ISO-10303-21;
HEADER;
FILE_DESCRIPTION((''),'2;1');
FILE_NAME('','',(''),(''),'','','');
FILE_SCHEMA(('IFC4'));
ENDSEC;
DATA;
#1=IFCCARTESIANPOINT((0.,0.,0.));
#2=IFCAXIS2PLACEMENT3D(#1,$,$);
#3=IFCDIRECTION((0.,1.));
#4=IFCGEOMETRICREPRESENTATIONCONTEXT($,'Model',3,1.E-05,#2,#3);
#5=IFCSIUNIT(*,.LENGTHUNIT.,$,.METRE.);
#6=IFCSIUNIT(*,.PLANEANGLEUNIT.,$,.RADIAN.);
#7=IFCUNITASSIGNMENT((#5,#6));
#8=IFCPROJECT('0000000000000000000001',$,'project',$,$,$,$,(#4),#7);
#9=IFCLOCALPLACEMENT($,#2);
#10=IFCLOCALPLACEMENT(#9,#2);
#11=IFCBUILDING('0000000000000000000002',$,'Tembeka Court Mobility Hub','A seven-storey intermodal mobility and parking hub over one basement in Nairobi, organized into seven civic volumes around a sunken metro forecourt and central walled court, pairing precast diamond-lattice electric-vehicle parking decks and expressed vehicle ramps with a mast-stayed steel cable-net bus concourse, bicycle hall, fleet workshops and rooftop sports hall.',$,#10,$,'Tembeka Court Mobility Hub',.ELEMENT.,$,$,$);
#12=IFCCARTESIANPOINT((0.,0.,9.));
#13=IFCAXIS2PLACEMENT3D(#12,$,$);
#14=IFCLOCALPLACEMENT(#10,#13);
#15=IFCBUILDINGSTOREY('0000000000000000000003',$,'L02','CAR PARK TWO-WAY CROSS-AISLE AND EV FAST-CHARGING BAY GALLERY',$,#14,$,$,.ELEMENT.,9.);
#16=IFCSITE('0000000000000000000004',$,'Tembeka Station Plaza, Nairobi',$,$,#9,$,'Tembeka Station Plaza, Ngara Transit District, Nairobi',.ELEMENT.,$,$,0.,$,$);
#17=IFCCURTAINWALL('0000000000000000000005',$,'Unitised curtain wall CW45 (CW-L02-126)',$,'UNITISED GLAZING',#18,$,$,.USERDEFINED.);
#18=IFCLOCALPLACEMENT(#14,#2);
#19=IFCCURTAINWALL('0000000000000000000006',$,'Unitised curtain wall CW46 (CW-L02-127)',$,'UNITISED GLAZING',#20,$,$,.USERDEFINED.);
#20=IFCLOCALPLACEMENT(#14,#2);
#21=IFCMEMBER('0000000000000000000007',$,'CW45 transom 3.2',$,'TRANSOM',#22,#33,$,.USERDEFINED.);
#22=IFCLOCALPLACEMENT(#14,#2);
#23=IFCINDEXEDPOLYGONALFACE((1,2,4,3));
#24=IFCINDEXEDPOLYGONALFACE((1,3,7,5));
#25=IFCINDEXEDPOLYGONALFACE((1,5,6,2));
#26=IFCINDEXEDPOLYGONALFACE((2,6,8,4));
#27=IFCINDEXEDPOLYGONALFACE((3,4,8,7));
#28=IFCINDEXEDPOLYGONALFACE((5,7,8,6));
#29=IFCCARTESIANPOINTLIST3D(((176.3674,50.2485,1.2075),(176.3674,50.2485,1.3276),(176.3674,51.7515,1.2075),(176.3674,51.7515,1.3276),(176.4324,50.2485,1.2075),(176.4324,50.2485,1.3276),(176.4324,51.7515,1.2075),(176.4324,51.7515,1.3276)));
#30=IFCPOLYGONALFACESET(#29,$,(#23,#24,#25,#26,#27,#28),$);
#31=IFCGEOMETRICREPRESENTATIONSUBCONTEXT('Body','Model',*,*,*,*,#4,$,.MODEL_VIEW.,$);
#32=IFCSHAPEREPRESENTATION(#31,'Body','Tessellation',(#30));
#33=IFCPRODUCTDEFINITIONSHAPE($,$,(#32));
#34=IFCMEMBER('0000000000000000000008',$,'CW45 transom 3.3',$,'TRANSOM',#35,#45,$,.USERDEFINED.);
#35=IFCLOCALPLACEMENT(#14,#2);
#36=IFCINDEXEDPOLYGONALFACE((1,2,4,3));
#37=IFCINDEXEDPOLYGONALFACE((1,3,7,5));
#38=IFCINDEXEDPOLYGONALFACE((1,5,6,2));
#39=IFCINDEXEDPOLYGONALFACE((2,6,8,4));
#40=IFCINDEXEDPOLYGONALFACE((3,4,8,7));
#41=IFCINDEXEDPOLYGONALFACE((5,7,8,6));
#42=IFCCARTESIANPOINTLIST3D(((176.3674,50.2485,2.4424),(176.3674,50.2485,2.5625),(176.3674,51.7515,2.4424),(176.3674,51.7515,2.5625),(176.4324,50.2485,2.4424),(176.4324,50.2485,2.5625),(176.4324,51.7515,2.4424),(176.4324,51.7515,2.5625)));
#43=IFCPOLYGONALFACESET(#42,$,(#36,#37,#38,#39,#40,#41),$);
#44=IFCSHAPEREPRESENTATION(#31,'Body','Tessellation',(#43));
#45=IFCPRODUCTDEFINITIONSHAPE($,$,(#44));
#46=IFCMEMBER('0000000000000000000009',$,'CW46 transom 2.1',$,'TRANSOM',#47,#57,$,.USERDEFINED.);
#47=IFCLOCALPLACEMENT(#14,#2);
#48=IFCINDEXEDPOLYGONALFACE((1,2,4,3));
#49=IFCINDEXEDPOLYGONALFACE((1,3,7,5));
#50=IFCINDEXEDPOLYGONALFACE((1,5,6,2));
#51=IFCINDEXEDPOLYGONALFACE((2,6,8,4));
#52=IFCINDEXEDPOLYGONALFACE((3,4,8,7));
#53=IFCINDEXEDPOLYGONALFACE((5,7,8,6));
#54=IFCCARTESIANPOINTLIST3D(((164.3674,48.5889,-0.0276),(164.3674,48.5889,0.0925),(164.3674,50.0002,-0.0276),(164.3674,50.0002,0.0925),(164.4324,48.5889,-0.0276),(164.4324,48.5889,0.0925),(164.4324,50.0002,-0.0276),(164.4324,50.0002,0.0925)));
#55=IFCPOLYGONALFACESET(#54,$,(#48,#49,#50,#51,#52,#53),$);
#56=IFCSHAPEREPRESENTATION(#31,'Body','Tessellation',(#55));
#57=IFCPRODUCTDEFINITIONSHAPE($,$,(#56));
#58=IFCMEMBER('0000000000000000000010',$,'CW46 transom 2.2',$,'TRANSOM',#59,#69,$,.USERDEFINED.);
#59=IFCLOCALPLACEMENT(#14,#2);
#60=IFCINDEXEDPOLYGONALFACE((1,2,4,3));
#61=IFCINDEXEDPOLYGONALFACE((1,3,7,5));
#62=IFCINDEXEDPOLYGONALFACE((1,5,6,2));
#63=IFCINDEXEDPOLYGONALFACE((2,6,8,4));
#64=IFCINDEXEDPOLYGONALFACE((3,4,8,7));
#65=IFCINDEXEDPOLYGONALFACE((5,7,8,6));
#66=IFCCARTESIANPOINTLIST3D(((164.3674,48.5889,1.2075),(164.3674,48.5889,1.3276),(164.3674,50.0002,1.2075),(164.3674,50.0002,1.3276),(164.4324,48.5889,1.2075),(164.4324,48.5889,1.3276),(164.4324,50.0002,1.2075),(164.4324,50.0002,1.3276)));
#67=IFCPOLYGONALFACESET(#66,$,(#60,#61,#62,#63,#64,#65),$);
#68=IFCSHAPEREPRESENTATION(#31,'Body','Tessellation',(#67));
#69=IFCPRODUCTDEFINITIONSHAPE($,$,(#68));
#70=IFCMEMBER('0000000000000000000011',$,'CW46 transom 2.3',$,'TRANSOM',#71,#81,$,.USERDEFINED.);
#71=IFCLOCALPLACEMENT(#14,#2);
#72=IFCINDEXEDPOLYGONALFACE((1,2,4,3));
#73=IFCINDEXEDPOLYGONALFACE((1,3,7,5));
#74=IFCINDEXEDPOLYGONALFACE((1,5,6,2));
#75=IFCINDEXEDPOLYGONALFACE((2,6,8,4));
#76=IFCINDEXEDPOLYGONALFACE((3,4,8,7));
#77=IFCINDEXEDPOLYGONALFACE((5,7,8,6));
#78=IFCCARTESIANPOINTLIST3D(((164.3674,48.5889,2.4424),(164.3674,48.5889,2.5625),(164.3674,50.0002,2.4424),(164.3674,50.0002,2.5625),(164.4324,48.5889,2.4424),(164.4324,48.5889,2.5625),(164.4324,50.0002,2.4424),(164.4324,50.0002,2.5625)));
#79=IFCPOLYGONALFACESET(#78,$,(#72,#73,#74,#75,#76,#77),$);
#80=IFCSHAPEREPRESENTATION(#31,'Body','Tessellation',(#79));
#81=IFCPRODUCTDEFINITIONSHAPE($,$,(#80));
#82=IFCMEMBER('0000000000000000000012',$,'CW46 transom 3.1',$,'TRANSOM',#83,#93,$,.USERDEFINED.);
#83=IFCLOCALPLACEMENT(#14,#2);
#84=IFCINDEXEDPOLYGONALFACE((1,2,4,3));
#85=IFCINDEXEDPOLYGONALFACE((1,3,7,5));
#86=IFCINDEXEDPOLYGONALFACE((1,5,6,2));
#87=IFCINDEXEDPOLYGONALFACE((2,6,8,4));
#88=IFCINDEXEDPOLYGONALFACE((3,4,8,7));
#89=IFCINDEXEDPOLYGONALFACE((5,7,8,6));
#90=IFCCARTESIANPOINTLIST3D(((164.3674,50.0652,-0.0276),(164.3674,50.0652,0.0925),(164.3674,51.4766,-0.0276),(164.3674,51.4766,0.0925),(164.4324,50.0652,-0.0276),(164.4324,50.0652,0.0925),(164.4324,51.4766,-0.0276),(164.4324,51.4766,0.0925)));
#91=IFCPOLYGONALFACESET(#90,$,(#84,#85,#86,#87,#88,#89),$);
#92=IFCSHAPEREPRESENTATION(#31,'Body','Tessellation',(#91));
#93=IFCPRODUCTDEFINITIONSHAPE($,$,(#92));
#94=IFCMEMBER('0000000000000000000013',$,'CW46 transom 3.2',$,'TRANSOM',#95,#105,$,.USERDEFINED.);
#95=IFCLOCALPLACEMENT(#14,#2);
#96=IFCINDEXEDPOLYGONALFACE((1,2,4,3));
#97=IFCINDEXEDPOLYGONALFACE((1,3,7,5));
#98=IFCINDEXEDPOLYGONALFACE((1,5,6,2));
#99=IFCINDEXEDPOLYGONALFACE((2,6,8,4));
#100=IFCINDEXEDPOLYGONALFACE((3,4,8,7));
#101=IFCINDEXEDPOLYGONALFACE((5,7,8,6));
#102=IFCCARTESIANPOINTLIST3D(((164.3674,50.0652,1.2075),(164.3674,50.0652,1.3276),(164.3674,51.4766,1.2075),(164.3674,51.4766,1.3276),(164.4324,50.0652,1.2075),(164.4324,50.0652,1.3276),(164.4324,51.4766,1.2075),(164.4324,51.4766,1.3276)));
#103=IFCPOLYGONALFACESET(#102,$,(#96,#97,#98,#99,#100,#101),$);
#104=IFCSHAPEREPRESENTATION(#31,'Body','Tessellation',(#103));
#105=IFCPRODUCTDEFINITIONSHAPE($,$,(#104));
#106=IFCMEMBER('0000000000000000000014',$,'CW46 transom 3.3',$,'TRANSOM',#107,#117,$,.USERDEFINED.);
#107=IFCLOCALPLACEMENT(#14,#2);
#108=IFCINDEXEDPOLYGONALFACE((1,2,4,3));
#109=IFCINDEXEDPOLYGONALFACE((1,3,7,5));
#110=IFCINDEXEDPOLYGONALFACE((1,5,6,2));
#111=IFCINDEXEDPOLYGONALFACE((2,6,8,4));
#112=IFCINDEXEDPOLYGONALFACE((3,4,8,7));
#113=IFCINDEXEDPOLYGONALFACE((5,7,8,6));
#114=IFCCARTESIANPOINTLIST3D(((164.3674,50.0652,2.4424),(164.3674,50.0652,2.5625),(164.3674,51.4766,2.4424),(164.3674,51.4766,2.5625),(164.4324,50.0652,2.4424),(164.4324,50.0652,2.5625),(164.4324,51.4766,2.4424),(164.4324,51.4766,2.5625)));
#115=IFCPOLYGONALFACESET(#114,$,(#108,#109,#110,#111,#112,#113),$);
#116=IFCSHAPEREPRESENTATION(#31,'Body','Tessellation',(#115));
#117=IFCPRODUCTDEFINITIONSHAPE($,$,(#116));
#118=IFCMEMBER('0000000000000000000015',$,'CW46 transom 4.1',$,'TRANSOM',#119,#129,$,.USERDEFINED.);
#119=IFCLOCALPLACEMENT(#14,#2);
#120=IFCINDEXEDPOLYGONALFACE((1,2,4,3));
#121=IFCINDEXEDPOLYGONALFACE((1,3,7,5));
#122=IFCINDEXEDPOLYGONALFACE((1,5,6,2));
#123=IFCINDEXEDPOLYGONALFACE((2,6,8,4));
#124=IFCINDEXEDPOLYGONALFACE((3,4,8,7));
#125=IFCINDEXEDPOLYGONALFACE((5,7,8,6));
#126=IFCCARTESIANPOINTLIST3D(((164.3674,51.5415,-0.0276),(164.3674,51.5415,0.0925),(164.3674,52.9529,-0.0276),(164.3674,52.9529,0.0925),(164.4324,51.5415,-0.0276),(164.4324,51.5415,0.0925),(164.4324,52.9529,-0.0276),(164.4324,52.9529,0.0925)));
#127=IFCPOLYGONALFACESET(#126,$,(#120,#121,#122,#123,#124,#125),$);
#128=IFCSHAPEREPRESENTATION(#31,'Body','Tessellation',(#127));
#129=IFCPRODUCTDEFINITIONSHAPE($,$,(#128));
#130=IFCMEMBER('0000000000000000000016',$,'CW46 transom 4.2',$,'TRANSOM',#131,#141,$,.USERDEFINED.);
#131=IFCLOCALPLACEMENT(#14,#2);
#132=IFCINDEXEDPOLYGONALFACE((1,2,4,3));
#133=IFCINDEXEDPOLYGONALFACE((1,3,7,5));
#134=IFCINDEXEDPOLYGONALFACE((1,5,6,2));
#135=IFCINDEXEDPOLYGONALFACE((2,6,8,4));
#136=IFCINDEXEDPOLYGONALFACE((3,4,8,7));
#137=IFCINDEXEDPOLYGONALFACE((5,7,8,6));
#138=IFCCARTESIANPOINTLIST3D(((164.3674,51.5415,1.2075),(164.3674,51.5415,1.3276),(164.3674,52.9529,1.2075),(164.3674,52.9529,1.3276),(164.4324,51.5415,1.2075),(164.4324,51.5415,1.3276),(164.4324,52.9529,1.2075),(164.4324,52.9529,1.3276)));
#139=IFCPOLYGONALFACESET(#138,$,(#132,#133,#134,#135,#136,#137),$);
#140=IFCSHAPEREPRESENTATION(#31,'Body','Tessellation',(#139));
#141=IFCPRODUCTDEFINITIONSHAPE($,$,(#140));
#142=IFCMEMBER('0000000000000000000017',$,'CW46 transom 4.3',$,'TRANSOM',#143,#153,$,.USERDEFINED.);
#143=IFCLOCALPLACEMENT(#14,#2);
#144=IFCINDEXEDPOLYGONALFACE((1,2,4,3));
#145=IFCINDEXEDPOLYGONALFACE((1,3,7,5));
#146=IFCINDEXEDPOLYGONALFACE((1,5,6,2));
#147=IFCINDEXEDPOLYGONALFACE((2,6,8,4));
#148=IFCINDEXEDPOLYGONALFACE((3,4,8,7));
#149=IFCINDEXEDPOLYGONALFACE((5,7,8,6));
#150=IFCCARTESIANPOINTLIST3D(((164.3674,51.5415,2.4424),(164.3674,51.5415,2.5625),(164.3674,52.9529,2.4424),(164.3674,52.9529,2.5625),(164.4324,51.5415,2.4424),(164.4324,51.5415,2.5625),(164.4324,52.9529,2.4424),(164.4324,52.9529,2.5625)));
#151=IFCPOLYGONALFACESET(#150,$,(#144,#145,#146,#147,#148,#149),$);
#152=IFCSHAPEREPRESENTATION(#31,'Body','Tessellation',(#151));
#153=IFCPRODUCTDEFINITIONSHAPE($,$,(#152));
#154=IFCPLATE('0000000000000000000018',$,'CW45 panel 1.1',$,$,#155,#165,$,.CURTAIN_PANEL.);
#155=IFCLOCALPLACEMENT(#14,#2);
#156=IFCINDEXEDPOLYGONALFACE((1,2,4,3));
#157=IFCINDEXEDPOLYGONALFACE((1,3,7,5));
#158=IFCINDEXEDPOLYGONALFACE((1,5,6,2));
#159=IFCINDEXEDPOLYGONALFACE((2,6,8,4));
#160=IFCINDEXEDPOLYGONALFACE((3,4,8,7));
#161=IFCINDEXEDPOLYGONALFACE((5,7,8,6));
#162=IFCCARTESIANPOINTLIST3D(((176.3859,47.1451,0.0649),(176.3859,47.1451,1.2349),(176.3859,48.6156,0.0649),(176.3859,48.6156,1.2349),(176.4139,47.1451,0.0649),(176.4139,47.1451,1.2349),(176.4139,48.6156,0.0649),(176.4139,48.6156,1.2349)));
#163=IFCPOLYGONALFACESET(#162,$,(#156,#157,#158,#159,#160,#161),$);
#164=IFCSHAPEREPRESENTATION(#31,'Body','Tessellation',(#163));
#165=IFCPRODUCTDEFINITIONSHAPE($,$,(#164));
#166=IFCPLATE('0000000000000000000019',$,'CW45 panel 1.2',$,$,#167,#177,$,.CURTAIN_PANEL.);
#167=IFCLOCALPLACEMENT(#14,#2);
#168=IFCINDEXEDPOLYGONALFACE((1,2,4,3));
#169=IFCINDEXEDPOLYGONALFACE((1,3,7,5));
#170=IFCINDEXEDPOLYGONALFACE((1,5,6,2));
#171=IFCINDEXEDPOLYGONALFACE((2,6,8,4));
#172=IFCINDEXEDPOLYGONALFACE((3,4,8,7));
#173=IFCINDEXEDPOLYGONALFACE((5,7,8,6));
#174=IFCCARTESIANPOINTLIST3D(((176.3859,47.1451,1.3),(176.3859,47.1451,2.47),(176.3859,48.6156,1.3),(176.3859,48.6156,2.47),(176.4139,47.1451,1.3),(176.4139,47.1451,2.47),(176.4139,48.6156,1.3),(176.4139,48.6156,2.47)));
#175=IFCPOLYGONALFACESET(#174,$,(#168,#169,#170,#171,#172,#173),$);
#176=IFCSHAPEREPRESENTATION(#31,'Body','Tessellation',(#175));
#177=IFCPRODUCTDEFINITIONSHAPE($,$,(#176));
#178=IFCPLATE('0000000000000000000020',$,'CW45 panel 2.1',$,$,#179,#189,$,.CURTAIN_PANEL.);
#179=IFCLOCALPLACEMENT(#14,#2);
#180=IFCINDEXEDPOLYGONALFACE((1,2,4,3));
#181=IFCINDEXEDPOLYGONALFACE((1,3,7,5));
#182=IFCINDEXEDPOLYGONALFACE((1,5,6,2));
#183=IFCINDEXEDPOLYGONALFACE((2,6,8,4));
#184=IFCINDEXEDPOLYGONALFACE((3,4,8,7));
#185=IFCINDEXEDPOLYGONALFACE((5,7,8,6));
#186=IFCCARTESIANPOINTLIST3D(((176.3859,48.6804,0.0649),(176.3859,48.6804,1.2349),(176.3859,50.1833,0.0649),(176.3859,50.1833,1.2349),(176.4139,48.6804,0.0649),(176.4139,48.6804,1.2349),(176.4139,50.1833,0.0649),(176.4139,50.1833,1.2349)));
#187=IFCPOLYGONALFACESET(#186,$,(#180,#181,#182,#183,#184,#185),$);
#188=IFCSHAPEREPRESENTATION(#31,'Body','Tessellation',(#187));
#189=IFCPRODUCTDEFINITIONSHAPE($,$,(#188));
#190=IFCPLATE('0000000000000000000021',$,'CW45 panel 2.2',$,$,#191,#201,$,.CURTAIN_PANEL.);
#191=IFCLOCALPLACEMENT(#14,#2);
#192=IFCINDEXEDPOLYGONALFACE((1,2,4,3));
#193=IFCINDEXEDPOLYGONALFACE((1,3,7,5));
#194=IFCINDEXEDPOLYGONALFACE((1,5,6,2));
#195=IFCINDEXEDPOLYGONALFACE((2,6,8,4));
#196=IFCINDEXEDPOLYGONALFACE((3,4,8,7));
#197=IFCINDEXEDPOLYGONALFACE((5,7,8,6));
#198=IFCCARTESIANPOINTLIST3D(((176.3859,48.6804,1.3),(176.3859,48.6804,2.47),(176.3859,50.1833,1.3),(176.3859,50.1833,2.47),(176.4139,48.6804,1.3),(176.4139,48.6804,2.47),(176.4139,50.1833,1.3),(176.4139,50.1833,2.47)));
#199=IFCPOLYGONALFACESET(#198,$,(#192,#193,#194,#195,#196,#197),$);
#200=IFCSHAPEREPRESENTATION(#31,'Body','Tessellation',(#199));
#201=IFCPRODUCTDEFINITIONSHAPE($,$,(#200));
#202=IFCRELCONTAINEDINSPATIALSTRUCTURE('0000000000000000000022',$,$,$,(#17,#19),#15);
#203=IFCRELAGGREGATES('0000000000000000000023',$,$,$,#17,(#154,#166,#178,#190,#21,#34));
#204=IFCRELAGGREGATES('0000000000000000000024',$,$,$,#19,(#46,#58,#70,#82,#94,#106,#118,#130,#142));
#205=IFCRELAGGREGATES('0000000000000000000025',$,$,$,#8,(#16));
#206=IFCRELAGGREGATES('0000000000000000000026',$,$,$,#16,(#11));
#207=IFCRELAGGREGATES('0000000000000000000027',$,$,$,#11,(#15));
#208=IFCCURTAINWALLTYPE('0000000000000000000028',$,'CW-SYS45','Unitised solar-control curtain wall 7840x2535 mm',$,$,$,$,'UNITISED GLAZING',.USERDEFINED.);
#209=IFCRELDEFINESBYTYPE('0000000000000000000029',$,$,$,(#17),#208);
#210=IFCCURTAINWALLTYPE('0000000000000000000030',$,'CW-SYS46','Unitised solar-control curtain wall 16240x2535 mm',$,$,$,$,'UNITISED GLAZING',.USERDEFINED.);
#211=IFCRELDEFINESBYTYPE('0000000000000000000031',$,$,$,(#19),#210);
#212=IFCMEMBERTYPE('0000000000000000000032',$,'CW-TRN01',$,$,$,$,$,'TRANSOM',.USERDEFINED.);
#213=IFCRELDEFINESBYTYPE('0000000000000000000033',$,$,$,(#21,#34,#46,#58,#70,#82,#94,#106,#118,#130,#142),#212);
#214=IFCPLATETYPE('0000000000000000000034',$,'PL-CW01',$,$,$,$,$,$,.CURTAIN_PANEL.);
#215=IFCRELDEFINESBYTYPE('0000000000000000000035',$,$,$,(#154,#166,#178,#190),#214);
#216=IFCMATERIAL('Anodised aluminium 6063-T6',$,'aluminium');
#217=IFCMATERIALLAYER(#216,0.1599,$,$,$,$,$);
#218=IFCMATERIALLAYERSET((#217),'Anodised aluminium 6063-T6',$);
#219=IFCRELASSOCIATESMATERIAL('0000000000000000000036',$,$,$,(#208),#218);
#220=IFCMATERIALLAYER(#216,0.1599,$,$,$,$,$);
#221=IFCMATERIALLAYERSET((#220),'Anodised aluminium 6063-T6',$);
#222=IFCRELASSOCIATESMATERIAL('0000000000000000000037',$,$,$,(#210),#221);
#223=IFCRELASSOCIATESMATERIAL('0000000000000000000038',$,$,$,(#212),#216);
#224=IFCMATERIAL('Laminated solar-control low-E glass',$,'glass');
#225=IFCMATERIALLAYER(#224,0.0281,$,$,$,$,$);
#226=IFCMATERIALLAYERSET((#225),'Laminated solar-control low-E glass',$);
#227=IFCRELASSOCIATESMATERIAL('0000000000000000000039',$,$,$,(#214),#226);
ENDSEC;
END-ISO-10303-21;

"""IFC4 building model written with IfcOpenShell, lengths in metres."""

from ifc_helpers import new_model, si_unit, direction, frame, origin, origin_2d, place, context, subcontext, project, spatial, rectangle, extrude, material, layer, layer_set, material_profile, profile_set, type_object, element, aggregate, save


model = new_model("IFC4")

# Units and contexts
model_context = context("Model", 3, precision=1e-05, world=origin(), true_north=direction((0.0, 1.0)))
body_context = subcontext(model_context, "Body", "Model", "MODEL_VIEW")
ifc_project = project(units=[si_unit("LENGTHUNIT", "METRE"), si_unit("PLANEANGLEUNIT", "RADIAN")], contexts=[model_context])

# Site, building, storey
site_placement = place(None, origin())
site = spatial("IfcSite", under=ifc_project, at=site_placement, Name="Tembeka Station Plaza, Nairobi", LongName="Tembeka Station Plaza, Ngara Transit District, Nairobi", CompositionType="ELEMENT", RefElevation=0.0)
building_placement = place(site_placement, origin())
building = spatial("IfcBuilding", under=site, at=building_placement, Name="Tembeka Court Mobility Hub", Description="A seven-storey intermodal mobility and parking hub over one basement in Nairobi, organized into seven civic volumes around a sunken metro forecourt and central walled court, pairing precast diamond-lattice electric-vehicle parking decks and expressed vehicle ramps with a mast-stayed steel cable-net bus concourse, bicycle hall, fleet workshops and rooftop sports hall.", LongName="Tembeka Court Mobility Hub", CompositionType="ELEMENT")
storey_placement = place(building_placement, frame((0.0, 0.0, 9.0)))
storey = spatial("IfcBuildingStorey", under=building, at=storey_placement, Name="L02", Description="CAR PARK TWO-WAY CROSS-AISLE AND EV FAST-CHARGING BAY GALLERY", CompositionType="ELEMENT", Elevation=9.0)

# Curtain walls
ifc_material_1 = material(Name="Anodised aluminium 6063-T6", Category="aluminium")
ifc_layer_1 = layer(ifc_material_1, 0.1599)
ifc_layer_set_1 = layer_set([ifc_layer_1], Name="Anodised aluminium 6063-T6")
curtain_wall_type_1 = type_object("IfcCurtainWallType", Name="CW-SYS45", Description="Unitised solar-control curtain wall 7840x2535 mm", ElementType="UNITISED GLAZING", PredefinedType="USERDEFINED", material=ifc_layer_set_1)
curtain_wall_1_placement = place(storey_placement, origin())
curtain_wall_1 = element("IfcCurtainWall", 1, at=curtain_wall_1_placement, inside=storey, type_object=curtain_wall_type_1, Name="Unitised curtain wall CW45 (CW-L02-126)", ObjectType="UNITISED GLAZING", PredefinedType="USERDEFINED")
ifc_layer_2 = layer(ifc_material_1, 0.1599)
ifc_layer_set_2 = layer_set([ifc_layer_2], Name="Anodised aluminium 6063-T6")
curtain_wall_type_2 = type_object("IfcCurtainWallType", Name="CW-SYS46", Description="Unitised solar-control curtain wall 16240x2535 mm", ElementType="UNITISED GLAZING", PredefinedType="USERDEFINED", material=ifc_layer_set_2)
curtain_wall_2_placement = place(storey_placement, origin())
curtain_wall_2 = element("IfcCurtainWall", 2, at=curtain_wall_2_placement, inside=storey, type_object=curtain_wall_type_2, Name="Unitised curtain wall CW46 (CW-L02-127)", ObjectType="UNITISED GLAZING", PredefinedType="USERDEFINED")

# Members
ifc_material_profile_1 = material_profile(ifc_material_1, rectangle(XDim=0.0649, YDim=0.1201, at=origin_2d()), Name="ALU-TRN 65x120")
ifc_profile_set_1 = profile_set([ifc_material_profile_1], Name="Anodised aluminium 6063-T6")
member_type_1 = type_object("IfcMemberType", Name="CW-TRN01", ElementType="TRANSOM", PredefinedType="USERDEFINED", material=ifc_profile_set_1)
member_1_placement = place(storey_placement, frame((176.3999, 50.2485, 1.2676), z_axis=(0.0, 1.0, 0.0), x_axis=(-1.0, 0.0, 0.0)))
member_1 = element("IfcMember", 3, at=member_1_placement, type_object=member_type_1, Name="CW45 transom 3.2", ObjectType="TRANSOM", PredefinedType="USERDEFINED", context=body_context, shape_type="SweptSolid", body=[
    extrude(rectangle(XDim=0.0649, YDim=0.1201, at=origin_2d()), origin(), (0.0, 0.0, 1.0), 1.5029),
])
member_2_placement = place(storey_placement, frame((176.3999, 50.2485, 2.5024), z_axis=(0.0, 1.0, 0.0), x_axis=(-1.0, 0.0, 0.0)))
member_2 = element("IfcMember", 4, at=member_2_placement, type_object=member_type_1, Name="CW45 transom 3.3", ObjectType="TRANSOM", PredefinedType="USERDEFINED", context=body_context, shape_type="SweptSolid", body=[
    extrude(rectangle(XDim=0.0649, YDim=0.1201, at=origin_2d()), origin(), (0.0, 0.0, 1.0), 1.5029),
])
member_3_placement = place(storey_placement, frame((164.3999, 48.5889, 0.0325), z_axis=(0.0, 1.0, 0.0), x_axis=(-1.0, 0.0, 0.0)))
member_3 = element("IfcMember", 5, at=member_3_placement, type_object=member_type_1, Name="CW46 transom 2.1", ObjectType="TRANSOM", PredefinedType="USERDEFINED", context=body_context, shape_type="SweptSolid", body=[
    extrude(rectangle(XDim=0.0649, YDim=0.1201, at=origin_2d()), origin(), (0.0, 0.0, 1.0), 1.4114),
])
member_4_placement = place(storey_placement, frame((164.3999, 48.5889, 1.2676), z_axis=(0.0, 1.0, 0.0), x_axis=(-1.0, 0.0, 0.0)))
member_4 = element("IfcMember", 6, at=member_4_placement, type_object=member_type_1, Name="CW46 transom 2.2", ObjectType="TRANSOM", PredefinedType="USERDEFINED", context=body_context, shape_type="SweptSolid", body=[
    extrude(rectangle(XDim=0.0649, YDim=0.1201, at=origin_2d()), origin(), (0.0, 0.0, 1.0), 1.4114),
])
member_5_placement = place(storey_placement, frame((164.3999, 48.5889, 2.5024), z_axis=(0.0, 1.0, 0.0), x_axis=(-1.0, 0.0, 0.0)))
member_5 = element("IfcMember", 7, at=member_5_placement, type_object=member_type_1, Name="CW46 transom 2.3", ObjectType="TRANSOM", PredefinedType="USERDEFINED", context=body_context, shape_type="SweptSolid", body=[
    extrude(rectangle(XDim=0.0649, YDim=0.1201, at=origin_2d()), origin(), (0.0, 0.0, 1.0), 1.4114),
])
member_6_placement = place(storey_placement, frame((164.3999, 50.0652, 0.0325), z_axis=(0.0, 1.0, 0.0), x_axis=(-1.0, 0.0, 0.0)))
member_6 = element("IfcMember", 8, at=member_6_placement, type_object=member_type_1, Name="CW46 transom 3.1", ObjectType="TRANSOM", PredefinedType="USERDEFINED", context=body_context, shape_type="SweptSolid", body=[
    extrude(rectangle(XDim=0.0649, YDim=0.1201, at=origin_2d()), origin(), (0.0, 0.0, 1.0), 1.4114),
])
member_7_placement = place(storey_placement, frame((164.3999, 50.0652, 1.2676), z_axis=(0.0, 1.0, 0.0), x_axis=(-1.0, 0.0, 0.0)))
member_7 = element("IfcMember", 9, at=member_7_placement, type_object=member_type_1, Name="CW46 transom 3.2", ObjectType="TRANSOM", PredefinedType="USERDEFINED", context=body_context, shape_type="SweptSolid", body=[
    extrude(rectangle(XDim=0.0649, YDim=0.1201, at=origin_2d()), origin(), (0.0, 0.0, 1.0), 1.4114),
])
member_8_placement = place(storey_placement, frame((164.3999, 50.0652, 2.5024), z_axis=(0.0, 1.0, 0.0), x_axis=(-1.0, 0.0, 0.0)))
member_8 = element("IfcMember", 10, at=member_8_placement, type_object=member_type_1, Name="CW46 transom 3.3", ObjectType="TRANSOM", PredefinedType="USERDEFINED", context=body_context, shape_type="SweptSolid", body=[
    extrude(rectangle(XDim=0.0649, YDim=0.1201, at=origin_2d()), origin(), (0.0, 0.0, 1.0), 1.4114),
])
member_9_placement = place(storey_placement, frame((164.3999, 51.5415, 0.0325), z_axis=(0.0, 1.0, 0.0), x_axis=(-1.0, 0.0, 0.0)))
member_9 = element("IfcMember", 11, at=member_9_placement, type_object=member_type_1, Name="CW46 transom 4.1", ObjectType="TRANSOM", PredefinedType="USERDEFINED", context=body_context, shape_type="SweptSolid", body=[
    extrude(rectangle(XDim=0.0649, YDim=0.1201, at=origin_2d()), origin(), (0.0, 0.0, 1.0), 1.4114),
])
member_10_placement = place(storey_placement, frame((164.3999, 51.5415, 1.2676), z_axis=(0.0, 1.0, 0.0), x_axis=(-1.0, 0.0, 0.0)))
member_10 = element("IfcMember", 12, at=member_10_placement, type_object=member_type_1, Name="CW46 transom 4.2", ObjectType="TRANSOM", PredefinedType="USERDEFINED", context=body_context, shape_type="SweptSolid", body=[
    extrude(rectangle(XDim=0.0649, YDim=0.1201, at=origin_2d()), origin(), (0.0, 0.0, 1.0), 1.4114),
])
member_11_placement = place(storey_placement, frame((164.3999, 51.5415, 2.5024), z_axis=(0.0, 1.0, 0.0), x_axis=(-1.0, 0.0, 0.0)))
member_11 = element("IfcMember", 13, at=member_11_placement, type_object=member_type_1, Name="CW46 transom 4.3", ObjectType="TRANSOM", PredefinedType="USERDEFINED", context=body_context, shape_type="SweptSolid", body=[
    extrude(rectangle(XDim=0.0649, YDim=0.1201, at=origin_2d()), origin(), (0.0, 0.0, 1.0), 1.4114),
])

# Plates
ifc_material_2 = material(Name="Laminated solar-control low-E glass", Category="glass")
ifc_layer_3 = layer(ifc_material_2, 0.0281)
ifc_layer_set_3 = layer_set([ifc_layer_3], Name="Laminated solar-control low-E glass")
plate_type = type_object("IfcPlateType", Name="PL-CW01", PredefinedType="CURTAIN_PANEL", material=ifc_layer_set_3)
plate_1_placement = place(storey_placement, frame((176.3999, 47.8804, 0.0649), z_axis=(0.0, 0.0, 1.0), x_axis=(0.0, 1.0, 0.0)))
plate_1 = element("IfcPlate", 14, at=plate_1_placement, type_object=plate_type, Name="CW45 panel 1.1", PredefinedType="CURTAIN_PANEL", context=body_context, shape_type="SweptSolid", body=[
    extrude(rectangle(XDim=1.4705, YDim=0.0281, at=origin_2d()), origin(), (0.0, 0.0, 1.0), 1.1699),
])
plate_2_placement = place(storey_placement, frame((176.3999, 47.8804, 1.3), z_axis=(0.0, 0.0, 1.0), x_axis=(0.0, 1.0, 0.0)))
plate_2 = element("IfcPlate", 15, at=plate_2_placement, type_object=plate_type, Name="CW45 panel 1.2", PredefinedType="CURTAIN_PANEL", context=body_context, shape_type="SweptSolid", body=[
    extrude(rectangle(XDim=1.4705, YDim=0.0281, at=origin_2d()), origin(), (0.0, 0.0, 1.0), 1.1699),
])
plate_3_placement = place(storey_placement, frame((176.3999, 49.4319, 0.0649), z_axis=(0.0, 0.0, 1.0), x_axis=(0.0, 1.0, 0.0)))
plate_3 = element("IfcPlate", 16, at=plate_3_placement, type_object=plate_type, Name="CW45 panel 2.1", PredefinedType="CURTAIN_PANEL", context=body_context, shape_type="SweptSolid", body=[
    extrude(rectangle(XDim=1.5029, YDim=0.0281, at=origin_2d()), origin(), (0.0, 0.0, 1.0), 1.1699),
])
plate_4_placement = place(storey_placement, frame((176.3999, 49.4319, 1.3), z_axis=(0.0, 0.0, 1.0), x_axis=(0.0, 1.0, 0.0)))
plate_4 = element("IfcPlate", 17, at=plate_4_placement, type_object=plate_type, Name="CW45 panel 2.2", PredefinedType="CURTAIN_PANEL", context=body_context, shape_type="SweptSolid", body=[
    extrude(rectangle(XDim=1.5029, YDim=0.0281, at=origin_2d()), origin(), (0.0, 0.0, 1.0), 1.1699),
])
aggregate(curtain_wall_1, [plate_1, plate_2, plate_3, plate_4, member_1, member_2])
aggregate(curtain_wall_2, [member_3, member_4, member_5, member_6, member_7, member_8, member_9, member_10, member_11])

save(model, "model.ifc")
